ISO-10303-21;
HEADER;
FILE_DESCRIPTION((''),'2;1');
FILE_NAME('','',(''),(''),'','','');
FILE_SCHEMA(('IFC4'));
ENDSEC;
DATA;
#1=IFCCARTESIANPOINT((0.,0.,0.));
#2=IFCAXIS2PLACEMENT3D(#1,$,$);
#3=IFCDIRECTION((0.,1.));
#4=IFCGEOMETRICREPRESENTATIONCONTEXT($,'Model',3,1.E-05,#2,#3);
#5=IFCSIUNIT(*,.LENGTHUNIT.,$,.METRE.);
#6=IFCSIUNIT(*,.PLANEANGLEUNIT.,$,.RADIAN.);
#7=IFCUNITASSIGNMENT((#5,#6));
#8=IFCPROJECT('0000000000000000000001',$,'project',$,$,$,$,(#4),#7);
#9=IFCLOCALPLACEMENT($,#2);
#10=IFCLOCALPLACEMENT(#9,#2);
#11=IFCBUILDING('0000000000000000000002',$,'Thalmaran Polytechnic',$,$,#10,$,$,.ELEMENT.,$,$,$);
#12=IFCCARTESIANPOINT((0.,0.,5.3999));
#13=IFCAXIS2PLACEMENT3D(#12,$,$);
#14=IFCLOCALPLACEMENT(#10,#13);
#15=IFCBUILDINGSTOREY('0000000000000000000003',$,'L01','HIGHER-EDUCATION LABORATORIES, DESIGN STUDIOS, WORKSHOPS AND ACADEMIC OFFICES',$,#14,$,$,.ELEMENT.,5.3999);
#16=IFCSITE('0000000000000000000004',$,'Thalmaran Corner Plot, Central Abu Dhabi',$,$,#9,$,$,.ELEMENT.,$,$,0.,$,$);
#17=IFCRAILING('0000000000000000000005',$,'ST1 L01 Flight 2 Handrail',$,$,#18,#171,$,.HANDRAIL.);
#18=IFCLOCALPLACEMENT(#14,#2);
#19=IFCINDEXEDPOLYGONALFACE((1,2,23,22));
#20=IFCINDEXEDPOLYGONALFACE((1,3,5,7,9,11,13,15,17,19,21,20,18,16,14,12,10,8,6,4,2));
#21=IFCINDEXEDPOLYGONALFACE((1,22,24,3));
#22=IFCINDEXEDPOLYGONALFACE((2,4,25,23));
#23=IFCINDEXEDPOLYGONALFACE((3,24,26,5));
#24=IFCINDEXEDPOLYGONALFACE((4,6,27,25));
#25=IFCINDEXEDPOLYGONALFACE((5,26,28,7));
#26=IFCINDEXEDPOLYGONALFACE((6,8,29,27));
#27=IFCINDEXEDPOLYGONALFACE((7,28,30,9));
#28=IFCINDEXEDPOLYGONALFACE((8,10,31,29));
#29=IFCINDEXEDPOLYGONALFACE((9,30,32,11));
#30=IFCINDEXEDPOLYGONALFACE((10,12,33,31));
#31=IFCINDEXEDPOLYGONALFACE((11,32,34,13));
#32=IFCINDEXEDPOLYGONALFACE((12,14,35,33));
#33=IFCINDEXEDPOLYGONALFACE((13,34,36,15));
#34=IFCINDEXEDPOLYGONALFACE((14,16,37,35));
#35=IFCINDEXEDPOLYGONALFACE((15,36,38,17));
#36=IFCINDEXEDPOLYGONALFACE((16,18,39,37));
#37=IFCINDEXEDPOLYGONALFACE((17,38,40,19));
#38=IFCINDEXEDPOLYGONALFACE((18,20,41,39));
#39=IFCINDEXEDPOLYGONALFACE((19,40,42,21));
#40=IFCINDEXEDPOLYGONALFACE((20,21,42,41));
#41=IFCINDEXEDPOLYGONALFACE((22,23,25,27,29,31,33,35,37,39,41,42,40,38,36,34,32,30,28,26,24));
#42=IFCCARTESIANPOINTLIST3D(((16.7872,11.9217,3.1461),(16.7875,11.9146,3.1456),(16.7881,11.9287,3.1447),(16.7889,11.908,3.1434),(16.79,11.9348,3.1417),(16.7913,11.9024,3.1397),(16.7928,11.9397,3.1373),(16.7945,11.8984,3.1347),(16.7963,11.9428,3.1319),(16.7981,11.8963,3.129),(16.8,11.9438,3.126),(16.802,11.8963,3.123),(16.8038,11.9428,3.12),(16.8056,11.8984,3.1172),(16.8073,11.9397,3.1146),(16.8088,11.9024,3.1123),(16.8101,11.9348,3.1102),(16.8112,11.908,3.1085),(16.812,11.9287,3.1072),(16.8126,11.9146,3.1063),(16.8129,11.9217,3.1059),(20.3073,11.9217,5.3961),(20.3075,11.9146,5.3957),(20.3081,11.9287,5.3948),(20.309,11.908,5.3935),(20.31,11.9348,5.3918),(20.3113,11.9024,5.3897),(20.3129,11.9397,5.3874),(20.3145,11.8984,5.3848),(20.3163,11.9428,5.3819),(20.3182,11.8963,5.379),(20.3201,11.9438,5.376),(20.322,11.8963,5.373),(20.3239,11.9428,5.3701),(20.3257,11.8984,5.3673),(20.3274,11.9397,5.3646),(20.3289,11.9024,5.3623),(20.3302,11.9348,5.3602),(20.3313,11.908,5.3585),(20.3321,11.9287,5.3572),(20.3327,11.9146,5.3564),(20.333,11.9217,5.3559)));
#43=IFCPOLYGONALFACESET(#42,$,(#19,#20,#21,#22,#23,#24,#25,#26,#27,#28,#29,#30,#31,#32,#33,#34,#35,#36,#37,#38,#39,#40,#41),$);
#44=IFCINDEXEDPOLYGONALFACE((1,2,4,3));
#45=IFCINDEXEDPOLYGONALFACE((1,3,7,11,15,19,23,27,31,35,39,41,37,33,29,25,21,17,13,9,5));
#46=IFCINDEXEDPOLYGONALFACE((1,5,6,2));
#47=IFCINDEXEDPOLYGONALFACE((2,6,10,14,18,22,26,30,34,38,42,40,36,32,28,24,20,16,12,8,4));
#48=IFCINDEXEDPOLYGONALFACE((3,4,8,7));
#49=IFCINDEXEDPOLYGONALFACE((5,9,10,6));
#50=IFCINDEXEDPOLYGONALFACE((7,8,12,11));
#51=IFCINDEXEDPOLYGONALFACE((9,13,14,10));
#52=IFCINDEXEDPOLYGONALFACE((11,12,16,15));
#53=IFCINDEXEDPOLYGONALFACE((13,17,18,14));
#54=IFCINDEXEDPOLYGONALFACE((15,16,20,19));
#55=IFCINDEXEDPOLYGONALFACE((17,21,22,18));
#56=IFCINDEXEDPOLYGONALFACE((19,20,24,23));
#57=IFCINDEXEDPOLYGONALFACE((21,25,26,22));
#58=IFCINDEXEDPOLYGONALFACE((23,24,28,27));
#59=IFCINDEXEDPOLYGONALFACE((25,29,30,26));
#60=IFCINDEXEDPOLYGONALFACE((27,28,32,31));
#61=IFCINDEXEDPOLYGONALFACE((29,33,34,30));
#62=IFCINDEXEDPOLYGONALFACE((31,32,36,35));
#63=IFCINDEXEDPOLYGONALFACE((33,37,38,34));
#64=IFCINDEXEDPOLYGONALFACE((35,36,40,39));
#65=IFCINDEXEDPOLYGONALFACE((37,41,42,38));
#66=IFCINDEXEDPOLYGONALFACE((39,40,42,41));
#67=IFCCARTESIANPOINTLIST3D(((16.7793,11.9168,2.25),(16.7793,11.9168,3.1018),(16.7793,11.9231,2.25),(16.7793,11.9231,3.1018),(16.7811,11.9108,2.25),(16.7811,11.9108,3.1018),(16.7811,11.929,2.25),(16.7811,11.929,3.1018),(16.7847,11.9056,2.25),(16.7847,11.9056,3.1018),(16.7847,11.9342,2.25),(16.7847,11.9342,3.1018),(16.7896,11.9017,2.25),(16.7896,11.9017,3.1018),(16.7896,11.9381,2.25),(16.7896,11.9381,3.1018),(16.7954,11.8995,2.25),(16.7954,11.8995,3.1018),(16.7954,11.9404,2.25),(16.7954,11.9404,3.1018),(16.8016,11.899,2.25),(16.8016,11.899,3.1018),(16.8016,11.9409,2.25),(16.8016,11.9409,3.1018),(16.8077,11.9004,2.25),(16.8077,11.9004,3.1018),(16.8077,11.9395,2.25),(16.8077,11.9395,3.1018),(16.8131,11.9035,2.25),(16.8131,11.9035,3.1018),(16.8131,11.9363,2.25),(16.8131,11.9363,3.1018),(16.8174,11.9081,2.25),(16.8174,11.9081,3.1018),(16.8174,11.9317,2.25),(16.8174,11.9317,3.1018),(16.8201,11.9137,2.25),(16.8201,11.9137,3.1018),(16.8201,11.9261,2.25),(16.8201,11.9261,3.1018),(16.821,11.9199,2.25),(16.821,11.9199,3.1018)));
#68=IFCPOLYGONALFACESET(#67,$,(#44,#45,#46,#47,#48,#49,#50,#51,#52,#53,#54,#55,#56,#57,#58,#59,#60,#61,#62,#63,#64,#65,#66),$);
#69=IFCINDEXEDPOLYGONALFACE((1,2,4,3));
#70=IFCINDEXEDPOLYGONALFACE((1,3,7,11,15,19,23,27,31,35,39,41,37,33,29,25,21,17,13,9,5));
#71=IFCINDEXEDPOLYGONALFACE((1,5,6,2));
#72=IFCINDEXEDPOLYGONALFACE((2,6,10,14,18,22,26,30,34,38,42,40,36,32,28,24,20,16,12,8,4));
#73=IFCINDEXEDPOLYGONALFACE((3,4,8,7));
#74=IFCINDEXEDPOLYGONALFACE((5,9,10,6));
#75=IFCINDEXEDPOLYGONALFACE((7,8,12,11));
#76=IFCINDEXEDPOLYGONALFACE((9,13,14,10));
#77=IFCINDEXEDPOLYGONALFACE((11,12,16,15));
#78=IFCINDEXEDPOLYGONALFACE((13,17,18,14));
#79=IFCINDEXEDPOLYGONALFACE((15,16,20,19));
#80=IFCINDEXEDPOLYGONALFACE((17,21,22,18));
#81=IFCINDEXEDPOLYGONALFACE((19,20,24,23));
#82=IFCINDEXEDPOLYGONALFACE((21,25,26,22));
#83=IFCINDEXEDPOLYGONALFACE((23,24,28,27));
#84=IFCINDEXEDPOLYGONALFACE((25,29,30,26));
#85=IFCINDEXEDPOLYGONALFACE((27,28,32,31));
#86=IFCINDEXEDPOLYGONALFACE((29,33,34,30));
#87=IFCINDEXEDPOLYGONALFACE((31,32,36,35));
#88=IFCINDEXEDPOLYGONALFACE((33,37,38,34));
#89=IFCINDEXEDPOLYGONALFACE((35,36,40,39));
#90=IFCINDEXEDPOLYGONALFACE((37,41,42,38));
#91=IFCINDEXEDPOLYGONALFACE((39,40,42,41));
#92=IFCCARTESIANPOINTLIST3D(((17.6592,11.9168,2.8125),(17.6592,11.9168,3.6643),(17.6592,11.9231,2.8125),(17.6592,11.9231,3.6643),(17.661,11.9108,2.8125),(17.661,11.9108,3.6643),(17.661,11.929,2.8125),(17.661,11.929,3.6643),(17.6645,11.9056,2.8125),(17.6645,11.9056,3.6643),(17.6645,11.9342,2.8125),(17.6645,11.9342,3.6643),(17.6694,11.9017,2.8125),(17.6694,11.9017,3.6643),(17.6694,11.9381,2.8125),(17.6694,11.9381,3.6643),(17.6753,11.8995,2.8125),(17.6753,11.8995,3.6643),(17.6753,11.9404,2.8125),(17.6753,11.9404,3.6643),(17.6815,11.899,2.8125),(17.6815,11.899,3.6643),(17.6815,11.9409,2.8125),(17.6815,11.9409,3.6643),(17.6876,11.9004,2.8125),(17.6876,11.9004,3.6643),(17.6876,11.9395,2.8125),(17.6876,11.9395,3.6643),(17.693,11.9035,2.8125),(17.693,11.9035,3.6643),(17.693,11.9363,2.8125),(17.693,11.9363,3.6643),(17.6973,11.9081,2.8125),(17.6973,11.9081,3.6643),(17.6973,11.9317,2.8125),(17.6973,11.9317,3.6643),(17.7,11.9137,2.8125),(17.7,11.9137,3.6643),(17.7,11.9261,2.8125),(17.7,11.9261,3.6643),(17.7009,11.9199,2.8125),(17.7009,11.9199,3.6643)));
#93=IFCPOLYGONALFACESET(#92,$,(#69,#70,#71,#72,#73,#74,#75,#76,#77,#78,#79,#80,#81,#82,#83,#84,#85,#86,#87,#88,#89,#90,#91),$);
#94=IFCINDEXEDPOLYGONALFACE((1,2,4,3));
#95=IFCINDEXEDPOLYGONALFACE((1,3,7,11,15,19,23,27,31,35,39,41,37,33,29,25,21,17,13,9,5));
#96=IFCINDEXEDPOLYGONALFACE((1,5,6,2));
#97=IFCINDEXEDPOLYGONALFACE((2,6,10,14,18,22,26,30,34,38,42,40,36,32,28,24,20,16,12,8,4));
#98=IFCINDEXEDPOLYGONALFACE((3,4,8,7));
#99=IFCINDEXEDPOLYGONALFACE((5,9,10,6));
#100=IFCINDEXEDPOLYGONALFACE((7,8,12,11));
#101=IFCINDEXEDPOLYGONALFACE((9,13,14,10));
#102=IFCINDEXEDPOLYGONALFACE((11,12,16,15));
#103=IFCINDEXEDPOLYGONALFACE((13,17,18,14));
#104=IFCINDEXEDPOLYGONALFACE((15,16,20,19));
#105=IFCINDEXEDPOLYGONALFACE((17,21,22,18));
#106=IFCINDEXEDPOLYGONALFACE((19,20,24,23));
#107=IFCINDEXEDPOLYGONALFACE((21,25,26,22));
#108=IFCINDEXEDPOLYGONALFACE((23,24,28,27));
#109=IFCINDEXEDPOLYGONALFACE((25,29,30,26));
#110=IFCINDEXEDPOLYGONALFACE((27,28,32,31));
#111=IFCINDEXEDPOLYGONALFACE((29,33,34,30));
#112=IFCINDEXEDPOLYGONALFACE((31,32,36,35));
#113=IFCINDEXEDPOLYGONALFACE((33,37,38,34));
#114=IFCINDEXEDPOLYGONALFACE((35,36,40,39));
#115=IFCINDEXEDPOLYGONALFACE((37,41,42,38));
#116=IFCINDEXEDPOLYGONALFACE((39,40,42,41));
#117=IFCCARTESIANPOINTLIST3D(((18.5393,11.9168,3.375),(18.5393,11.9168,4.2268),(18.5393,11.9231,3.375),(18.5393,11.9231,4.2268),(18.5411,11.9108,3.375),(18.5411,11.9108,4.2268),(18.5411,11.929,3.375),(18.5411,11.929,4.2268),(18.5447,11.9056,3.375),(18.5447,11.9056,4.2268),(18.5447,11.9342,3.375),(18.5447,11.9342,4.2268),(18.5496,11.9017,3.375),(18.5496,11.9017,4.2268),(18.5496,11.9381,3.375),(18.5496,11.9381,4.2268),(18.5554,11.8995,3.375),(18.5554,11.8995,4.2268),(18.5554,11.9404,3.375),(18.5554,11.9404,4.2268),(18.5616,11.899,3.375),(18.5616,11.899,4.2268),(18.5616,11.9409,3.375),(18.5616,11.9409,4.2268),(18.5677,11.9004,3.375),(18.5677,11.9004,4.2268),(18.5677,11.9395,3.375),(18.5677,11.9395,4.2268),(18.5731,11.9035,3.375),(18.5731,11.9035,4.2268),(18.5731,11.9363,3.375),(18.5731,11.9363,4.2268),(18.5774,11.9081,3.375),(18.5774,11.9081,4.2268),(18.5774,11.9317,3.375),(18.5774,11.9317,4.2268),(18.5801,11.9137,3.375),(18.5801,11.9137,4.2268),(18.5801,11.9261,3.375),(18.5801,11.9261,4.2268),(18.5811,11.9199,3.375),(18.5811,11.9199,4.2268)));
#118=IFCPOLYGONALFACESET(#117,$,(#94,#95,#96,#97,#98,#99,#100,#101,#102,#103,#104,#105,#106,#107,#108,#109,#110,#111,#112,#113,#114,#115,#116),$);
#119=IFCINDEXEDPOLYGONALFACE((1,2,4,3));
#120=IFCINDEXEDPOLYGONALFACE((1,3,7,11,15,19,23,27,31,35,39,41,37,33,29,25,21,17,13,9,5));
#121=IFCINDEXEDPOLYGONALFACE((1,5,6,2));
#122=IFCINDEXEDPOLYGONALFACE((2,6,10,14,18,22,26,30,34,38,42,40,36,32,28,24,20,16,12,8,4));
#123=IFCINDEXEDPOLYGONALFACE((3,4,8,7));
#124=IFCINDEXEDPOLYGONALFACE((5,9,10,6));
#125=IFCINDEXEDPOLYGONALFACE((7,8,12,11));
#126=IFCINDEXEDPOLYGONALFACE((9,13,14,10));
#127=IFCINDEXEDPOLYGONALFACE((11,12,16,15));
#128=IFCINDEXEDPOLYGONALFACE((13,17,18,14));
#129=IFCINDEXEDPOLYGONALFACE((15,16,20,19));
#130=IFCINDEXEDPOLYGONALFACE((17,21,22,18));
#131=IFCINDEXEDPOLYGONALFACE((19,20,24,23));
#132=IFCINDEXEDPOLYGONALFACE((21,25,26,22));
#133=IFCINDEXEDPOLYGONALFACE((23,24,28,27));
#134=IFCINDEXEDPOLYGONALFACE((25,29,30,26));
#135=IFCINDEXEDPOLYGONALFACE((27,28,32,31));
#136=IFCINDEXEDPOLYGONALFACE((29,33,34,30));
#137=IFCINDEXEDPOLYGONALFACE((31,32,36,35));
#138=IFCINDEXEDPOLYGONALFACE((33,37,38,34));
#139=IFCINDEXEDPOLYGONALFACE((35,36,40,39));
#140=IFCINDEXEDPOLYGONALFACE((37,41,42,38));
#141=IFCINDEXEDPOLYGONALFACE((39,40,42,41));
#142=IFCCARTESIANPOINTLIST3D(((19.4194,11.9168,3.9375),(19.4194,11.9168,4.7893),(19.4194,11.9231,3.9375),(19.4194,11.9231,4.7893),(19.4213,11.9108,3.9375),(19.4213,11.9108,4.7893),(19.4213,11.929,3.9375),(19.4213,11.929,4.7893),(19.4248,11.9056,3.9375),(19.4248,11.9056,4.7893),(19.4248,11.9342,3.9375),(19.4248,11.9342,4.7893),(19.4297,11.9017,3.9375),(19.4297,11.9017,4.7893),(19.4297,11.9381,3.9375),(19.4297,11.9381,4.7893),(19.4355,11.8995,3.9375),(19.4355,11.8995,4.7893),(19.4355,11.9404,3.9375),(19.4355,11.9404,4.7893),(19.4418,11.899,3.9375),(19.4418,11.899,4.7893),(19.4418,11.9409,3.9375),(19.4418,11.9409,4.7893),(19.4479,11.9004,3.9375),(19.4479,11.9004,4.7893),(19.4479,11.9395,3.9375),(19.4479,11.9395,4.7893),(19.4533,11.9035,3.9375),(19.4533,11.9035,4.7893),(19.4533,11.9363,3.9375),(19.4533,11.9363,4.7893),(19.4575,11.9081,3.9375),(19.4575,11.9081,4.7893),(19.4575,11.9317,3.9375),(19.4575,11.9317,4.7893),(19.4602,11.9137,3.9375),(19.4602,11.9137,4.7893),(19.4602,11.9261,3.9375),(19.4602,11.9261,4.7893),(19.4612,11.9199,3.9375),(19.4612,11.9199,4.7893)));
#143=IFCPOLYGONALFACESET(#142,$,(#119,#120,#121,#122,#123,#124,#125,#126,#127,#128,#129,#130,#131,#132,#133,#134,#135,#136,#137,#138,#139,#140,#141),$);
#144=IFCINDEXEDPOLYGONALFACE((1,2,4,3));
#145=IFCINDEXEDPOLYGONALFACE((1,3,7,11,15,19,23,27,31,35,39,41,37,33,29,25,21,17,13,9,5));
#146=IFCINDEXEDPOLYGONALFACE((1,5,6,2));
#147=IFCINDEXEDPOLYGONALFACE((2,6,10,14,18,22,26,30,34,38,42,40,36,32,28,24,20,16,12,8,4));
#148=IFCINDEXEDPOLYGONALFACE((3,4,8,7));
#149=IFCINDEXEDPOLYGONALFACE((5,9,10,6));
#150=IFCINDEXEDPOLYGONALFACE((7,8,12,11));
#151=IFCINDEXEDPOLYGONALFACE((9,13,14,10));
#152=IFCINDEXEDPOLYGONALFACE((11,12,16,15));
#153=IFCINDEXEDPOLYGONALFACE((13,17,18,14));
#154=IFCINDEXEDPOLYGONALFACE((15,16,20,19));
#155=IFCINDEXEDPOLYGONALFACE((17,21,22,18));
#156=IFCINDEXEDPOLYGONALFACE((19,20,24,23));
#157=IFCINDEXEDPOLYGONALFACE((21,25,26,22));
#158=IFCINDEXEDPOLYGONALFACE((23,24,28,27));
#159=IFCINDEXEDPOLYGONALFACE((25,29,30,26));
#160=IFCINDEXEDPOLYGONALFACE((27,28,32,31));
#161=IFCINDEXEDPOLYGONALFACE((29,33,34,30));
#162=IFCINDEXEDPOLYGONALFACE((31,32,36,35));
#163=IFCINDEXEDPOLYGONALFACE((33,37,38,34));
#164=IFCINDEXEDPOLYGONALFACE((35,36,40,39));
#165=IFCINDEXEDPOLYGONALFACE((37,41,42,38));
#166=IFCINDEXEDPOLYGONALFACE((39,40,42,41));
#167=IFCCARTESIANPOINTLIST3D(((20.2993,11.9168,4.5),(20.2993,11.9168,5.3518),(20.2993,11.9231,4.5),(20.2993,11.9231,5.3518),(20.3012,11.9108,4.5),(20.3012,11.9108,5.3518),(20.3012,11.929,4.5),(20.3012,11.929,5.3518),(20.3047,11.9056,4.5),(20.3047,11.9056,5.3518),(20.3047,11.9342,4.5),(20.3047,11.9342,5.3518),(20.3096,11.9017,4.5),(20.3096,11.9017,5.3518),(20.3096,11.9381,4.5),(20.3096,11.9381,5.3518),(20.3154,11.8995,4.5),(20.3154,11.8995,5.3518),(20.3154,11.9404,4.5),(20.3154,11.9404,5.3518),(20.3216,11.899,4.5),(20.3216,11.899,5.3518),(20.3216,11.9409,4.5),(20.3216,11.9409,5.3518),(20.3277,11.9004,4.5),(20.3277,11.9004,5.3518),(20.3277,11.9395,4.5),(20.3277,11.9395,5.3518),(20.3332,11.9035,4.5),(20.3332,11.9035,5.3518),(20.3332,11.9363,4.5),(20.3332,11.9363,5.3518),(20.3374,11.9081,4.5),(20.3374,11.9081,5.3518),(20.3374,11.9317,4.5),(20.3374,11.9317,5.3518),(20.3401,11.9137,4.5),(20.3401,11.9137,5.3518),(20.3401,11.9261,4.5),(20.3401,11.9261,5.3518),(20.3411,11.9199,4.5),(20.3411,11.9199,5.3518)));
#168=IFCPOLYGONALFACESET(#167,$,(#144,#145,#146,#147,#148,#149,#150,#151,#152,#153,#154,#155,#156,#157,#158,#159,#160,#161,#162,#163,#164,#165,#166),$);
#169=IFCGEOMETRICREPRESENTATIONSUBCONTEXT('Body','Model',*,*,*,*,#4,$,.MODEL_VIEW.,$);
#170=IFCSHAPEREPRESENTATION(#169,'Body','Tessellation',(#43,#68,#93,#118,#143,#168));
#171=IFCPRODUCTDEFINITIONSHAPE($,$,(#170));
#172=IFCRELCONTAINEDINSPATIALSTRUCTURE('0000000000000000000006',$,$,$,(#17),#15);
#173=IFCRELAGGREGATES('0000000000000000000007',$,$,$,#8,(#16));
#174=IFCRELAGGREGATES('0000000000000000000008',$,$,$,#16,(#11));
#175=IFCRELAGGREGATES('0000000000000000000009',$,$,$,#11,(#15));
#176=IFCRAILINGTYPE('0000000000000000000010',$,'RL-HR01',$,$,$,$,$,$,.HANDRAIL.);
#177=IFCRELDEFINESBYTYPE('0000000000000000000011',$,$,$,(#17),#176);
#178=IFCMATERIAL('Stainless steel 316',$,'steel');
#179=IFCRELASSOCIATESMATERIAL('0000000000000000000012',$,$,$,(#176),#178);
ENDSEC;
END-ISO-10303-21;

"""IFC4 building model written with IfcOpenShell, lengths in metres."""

from ifc_helpers import new_model, si_unit, direction, frame, origin, origin_2d, place, context, subcontext, project, spatial, circle, extrude, material, type_object, element, save


model = new_model("IFC4")

# Units and contexts
model_context = context("Model", 3, precision=1e-05, world=origin(), true_north=direction((0.0, 1.0)))
body_context = subcontext(model_context, "Body", "Model", "MODEL_VIEW")
ifc_project = project(units=[si_unit("LENGTHUNIT", "METRE"), si_unit("PLANEANGLEUNIT", "RADIAN")], contexts=[model_context])

# Site, building, storey
site_placement = place(None, origin())
site = spatial("IfcSite", under=ifc_project, at=site_placement, Name="Thalmaran Corner Plot, Central Abu Dhabi", CompositionType="ELEMENT", RefElevation=0.0)
building_placement = place(site_placement, origin())
building = spatial("IfcBuilding", under=site, at=building_placement, Name="Thalmaran Polytechnic", CompositionType="ELEMENT")
storey_placement = place(building_placement, frame((0.0, 0.0, 5.3999)))
storey = spatial("IfcBuildingStorey", under=building, at=storey_placement, Name="L01", Description="HIGHER-EDUCATION LABORATORIES, DESIGN STUDIOS, WORKSHOPS AND ACADEMIC OFFICES", CompositionType="ELEMENT", Elevation=5.3999)

# Railing
ifc_material_1 = material(Name="Stainless steel 316", Category="steel")
railing_type_1 = type_object("IfcRailingType", Name="RL-HR01", PredefinedType="HANDRAIL", material=ifc_material_1)
railing_1_placement = place(storey_placement, frame((16.8, 11.9199, 2.25)))
element("IfcRailing", 1, at=railing_1_placement, inside=storey, type_object=railing_type_1, Name="ST1 L01 Flight 2 Handrail", PredefinedType="HANDRAIL", context=body_context, shape_type="SweptSolid", body=[
    extrude(circle(Radius=0.0239, at=origin_2d()), frame((0.0, 0.0, 0.876), z_axis=(0.842577, 0.0, 0.538576), x_axis=(0.0, 1.0, 0.0)), (0.0, 0.0, 1.0), 4.1777),
    extrude(circle(Radius=0.021, at=origin_2d()), origin(), (0.0, 0.0, 1.0), 0.8518),
    extrude(circle(Radius=0.021, at=origin_2d()), frame((0.8799, 0.0, 0.5625)), (0.0, 0.0, 1.0), 0.8518),
    extrude(circle(Radius=0.021, at=origin_2d()), frame((1.76, 0.0, 1.125)), (0.0, 0.0, 1.0), 0.8518),
    extrude(circle(Radius=0.021, at=origin_2d()), frame((2.6401, 0.0, 1.6875)), (0.0, 0.0, 1.0), 0.8518),
    extrude(circle(Radius=0.021, at=origin_2d()), frame((3.52, 0.0, 2.25)), (0.0, 0.0, 1.0), 0.8518),
])

save(model, "model.ifc")
